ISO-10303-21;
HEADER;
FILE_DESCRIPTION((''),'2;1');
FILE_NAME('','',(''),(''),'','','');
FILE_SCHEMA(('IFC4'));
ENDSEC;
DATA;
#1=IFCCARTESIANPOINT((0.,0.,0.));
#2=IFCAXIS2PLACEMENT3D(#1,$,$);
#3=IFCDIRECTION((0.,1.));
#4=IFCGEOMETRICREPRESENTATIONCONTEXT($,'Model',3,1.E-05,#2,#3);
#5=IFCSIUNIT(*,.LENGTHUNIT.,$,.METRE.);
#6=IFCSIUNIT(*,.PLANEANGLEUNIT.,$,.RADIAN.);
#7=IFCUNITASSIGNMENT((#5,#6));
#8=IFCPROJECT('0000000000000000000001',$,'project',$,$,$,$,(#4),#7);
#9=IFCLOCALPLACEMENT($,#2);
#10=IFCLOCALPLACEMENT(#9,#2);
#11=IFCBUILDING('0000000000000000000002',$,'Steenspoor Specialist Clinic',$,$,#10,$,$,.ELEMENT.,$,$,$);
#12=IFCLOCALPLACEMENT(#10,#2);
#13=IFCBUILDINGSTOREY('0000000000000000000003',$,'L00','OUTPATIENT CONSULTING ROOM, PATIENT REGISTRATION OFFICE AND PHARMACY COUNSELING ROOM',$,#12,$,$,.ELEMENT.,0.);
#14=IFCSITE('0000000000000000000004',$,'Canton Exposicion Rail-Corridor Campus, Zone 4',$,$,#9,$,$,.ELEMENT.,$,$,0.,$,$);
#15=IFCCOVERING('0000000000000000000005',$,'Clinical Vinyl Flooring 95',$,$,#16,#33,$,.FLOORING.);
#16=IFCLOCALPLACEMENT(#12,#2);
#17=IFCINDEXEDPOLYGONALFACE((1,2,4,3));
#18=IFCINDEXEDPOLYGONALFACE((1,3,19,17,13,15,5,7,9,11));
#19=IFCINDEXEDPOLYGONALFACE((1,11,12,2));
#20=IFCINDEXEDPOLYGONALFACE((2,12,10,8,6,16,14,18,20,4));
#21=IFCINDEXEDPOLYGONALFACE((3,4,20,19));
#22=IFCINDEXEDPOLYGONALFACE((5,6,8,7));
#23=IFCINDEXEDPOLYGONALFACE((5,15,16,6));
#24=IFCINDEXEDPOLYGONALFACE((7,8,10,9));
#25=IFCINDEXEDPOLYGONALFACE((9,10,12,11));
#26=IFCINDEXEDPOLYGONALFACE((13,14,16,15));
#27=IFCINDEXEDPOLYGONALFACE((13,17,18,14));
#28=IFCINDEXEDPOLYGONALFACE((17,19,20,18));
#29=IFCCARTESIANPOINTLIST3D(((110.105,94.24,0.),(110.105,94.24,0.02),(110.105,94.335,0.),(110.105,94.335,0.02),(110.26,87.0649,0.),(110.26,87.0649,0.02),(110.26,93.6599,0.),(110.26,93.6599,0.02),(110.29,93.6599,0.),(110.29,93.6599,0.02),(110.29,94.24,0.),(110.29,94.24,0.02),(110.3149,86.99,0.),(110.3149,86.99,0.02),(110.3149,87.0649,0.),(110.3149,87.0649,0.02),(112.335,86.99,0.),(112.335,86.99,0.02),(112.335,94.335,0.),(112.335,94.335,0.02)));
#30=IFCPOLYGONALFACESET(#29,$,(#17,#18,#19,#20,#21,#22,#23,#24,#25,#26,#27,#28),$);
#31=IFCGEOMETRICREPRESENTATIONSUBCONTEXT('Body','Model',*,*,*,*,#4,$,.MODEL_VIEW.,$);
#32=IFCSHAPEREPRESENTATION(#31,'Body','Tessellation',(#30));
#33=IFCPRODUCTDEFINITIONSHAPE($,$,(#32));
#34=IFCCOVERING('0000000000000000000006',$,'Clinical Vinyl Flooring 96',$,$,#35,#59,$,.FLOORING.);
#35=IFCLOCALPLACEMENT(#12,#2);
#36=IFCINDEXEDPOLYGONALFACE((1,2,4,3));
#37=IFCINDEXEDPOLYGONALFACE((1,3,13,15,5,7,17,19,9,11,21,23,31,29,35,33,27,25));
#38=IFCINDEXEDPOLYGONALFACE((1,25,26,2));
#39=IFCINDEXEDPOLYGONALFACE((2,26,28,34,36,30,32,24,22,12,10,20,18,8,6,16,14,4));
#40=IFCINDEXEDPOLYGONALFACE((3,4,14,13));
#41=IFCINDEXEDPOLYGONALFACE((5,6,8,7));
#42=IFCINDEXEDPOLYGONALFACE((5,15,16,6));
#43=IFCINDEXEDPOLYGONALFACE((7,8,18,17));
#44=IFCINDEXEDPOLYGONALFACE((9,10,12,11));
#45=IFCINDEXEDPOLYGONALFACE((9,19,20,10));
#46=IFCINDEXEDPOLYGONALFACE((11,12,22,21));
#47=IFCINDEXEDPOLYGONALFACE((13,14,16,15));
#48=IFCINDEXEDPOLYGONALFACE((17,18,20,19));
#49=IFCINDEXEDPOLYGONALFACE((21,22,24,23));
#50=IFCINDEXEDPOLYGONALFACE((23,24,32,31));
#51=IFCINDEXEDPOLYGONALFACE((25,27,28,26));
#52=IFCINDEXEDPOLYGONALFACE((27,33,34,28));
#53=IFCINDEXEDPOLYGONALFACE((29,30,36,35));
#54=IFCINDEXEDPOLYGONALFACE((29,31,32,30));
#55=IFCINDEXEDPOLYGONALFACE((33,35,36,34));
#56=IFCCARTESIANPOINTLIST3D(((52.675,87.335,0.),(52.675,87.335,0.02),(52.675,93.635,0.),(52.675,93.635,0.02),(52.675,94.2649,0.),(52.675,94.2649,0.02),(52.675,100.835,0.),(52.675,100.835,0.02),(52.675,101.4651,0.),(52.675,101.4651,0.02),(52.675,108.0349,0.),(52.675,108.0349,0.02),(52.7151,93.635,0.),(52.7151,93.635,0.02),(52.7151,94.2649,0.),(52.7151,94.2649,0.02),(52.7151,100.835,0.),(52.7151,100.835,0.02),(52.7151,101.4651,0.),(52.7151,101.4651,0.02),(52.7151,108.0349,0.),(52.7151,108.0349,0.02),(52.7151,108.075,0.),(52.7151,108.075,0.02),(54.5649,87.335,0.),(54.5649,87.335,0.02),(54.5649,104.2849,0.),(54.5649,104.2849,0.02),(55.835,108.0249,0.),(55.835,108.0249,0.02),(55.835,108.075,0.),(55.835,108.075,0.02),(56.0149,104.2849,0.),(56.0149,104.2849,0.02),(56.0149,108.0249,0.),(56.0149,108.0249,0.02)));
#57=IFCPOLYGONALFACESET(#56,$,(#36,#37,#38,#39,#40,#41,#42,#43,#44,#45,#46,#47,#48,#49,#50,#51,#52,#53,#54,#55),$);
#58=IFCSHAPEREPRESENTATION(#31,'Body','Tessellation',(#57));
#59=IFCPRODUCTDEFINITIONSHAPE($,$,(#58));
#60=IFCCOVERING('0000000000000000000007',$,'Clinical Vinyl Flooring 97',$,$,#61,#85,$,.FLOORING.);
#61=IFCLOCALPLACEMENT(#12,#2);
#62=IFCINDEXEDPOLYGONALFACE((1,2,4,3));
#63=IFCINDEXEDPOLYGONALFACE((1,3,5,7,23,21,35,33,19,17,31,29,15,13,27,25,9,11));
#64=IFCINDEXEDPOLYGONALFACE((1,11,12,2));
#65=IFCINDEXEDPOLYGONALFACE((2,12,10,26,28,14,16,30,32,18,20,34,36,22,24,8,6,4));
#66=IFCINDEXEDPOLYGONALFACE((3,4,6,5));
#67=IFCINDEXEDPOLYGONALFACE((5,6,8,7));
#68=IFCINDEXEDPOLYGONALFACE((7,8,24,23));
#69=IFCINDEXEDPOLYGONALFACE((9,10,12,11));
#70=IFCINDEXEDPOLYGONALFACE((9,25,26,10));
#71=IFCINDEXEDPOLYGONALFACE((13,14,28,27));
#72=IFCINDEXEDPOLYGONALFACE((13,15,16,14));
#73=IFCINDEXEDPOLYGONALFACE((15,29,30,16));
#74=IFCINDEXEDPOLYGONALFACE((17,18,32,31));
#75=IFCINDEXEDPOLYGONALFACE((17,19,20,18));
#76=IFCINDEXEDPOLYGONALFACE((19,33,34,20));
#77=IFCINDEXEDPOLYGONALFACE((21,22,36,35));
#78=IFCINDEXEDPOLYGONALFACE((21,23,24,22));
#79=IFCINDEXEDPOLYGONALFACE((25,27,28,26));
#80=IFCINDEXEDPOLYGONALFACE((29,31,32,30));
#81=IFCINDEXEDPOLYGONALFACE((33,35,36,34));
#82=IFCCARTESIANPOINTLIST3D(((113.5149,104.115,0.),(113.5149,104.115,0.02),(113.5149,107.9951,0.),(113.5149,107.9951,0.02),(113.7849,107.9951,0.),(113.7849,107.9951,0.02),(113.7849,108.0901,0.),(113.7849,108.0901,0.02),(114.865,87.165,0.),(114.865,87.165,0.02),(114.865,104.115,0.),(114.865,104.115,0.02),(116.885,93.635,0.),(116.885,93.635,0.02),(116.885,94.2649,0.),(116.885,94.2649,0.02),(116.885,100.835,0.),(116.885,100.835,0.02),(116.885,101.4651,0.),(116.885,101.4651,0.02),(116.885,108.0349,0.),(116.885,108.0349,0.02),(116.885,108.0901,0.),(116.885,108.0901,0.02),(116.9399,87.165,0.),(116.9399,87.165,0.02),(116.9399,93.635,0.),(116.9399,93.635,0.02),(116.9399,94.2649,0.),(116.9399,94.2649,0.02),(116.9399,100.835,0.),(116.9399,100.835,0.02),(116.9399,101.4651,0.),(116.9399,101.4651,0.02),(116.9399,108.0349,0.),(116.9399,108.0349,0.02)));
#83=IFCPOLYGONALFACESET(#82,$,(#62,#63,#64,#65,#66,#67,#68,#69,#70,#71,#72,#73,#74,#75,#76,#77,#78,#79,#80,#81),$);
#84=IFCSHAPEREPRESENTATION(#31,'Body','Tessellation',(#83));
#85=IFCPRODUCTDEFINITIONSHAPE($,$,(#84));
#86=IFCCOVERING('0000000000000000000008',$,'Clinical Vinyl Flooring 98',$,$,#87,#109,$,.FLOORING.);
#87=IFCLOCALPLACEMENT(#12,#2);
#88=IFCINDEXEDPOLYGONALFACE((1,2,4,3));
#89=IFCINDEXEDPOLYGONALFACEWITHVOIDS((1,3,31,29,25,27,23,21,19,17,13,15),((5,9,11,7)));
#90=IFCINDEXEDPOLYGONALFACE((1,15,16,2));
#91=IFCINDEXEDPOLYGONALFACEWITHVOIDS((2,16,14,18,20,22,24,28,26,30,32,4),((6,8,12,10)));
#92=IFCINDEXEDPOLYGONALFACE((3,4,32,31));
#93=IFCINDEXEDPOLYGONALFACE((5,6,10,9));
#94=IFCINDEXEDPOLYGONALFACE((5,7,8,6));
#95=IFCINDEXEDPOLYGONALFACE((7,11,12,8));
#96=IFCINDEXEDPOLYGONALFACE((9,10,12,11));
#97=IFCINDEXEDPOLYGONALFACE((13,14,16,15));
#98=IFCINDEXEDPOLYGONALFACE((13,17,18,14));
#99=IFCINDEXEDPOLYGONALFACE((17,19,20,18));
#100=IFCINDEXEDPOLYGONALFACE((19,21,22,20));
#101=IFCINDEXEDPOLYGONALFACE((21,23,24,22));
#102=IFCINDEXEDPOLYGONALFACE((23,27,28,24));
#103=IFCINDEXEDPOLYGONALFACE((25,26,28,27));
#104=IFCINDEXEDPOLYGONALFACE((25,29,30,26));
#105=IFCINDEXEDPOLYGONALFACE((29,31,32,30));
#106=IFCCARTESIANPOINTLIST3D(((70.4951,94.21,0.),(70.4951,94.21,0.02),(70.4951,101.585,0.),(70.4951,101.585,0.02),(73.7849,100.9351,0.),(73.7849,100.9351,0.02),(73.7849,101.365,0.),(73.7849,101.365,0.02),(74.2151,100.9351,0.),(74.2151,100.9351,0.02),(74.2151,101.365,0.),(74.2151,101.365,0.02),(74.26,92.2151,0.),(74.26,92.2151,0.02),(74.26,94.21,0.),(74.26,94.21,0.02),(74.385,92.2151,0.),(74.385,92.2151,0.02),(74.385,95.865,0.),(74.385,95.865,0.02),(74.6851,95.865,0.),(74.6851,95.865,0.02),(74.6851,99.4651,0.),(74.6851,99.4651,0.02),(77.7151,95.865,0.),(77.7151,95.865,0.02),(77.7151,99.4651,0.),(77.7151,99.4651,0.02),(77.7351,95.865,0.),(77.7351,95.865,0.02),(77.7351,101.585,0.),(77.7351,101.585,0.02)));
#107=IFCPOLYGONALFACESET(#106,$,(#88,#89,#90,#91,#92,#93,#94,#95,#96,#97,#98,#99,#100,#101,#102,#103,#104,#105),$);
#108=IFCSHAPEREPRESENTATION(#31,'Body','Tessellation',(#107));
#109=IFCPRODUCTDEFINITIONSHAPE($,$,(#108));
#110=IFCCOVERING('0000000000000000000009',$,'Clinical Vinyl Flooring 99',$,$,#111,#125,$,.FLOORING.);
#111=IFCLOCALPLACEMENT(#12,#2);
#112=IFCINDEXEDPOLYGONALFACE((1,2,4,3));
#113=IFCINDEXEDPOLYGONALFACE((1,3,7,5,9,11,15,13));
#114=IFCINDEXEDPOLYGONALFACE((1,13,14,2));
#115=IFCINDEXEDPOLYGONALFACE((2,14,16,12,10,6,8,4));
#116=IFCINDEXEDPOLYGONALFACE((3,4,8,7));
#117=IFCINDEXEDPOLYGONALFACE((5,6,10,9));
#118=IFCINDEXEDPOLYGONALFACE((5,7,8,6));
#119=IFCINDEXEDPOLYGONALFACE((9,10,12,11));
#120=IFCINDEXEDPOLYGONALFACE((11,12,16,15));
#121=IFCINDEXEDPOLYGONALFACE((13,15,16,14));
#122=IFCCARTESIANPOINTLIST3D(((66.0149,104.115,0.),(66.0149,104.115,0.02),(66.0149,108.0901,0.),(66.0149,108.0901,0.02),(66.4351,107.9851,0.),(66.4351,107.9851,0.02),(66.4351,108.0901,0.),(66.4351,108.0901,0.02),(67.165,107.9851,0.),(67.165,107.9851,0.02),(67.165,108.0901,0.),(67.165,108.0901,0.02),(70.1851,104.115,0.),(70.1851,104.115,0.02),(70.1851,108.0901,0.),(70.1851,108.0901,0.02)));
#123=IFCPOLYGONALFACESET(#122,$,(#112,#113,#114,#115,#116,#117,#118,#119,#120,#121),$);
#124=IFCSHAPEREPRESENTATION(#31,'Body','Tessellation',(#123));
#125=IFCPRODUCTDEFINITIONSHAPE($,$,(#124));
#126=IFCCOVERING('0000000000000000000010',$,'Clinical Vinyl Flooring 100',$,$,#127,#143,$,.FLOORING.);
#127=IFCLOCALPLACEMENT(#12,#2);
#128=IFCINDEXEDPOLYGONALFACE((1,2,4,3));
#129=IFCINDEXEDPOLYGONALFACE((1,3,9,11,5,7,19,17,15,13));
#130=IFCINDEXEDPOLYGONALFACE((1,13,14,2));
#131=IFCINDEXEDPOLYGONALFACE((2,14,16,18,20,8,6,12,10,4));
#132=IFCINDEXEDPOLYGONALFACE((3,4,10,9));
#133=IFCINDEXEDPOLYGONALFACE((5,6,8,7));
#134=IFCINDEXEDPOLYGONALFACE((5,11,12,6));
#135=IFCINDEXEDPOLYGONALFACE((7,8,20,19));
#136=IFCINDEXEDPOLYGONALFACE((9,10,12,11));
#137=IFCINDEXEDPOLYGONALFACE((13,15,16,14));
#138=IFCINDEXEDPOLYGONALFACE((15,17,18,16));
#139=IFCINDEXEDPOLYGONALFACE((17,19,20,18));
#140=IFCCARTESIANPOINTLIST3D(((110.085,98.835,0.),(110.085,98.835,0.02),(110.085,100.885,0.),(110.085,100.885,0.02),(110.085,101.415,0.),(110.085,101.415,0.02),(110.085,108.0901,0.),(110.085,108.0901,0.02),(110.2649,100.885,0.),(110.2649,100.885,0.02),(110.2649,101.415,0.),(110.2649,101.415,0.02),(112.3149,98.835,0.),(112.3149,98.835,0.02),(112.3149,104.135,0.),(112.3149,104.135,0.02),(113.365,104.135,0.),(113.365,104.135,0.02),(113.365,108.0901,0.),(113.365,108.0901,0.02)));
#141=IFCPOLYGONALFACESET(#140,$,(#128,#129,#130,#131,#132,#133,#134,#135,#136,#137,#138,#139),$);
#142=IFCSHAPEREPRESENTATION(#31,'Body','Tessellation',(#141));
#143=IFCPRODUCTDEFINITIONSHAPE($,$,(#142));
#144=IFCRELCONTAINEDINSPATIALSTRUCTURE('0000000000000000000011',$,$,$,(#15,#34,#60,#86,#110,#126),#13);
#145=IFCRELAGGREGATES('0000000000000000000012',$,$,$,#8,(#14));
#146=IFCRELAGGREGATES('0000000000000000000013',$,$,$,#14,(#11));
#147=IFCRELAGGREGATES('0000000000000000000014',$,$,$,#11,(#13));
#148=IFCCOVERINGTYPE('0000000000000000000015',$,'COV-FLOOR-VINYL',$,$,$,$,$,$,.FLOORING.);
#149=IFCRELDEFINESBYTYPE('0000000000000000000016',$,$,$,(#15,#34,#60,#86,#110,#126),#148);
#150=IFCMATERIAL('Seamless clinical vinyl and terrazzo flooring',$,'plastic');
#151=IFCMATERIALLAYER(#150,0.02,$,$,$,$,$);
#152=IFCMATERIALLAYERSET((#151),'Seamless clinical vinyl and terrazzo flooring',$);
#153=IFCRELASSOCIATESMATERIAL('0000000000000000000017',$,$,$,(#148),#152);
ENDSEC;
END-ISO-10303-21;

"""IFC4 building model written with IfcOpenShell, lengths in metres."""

from ifc_helpers import new_model, si_unit, direction, origin, place, context, subcontext, project, spatial, polyline, outline, extrude, material, layer, layer_set, type_object, element, save


model = new_model("IFC4")

# Units and contexts
model_context = context("Model", 3, precision=1e-05, world=origin(), true_north=direction((0.0, 1.0)))
body_context = subcontext(model_context, "Body", "Model", "MODEL_VIEW")
ifc_project = project(units=[si_unit("LENGTHUNIT", "METRE"), si_unit("PLANEANGLEUNIT", "RADIAN")], contexts=[model_context])

# Site, building, storey
site_placement = place(None, origin())
site = spatial("IfcSite", under=ifc_project, at=site_placement, Name="Canton Exposicion Rail-Corridor Campus, Zone 4", CompositionType="ELEMENT", RefElevation=0.0)
building_placement = place(site_placement, origin())
building = spatial("IfcBuilding", under=site, at=building_placement, Name="Steenspoor Specialist Clinic", CompositionType="ELEMENT")
storey_placement = place(building_placement, origin())
storey = spatial("IfcBuildingStorey", under=building, at=storey_placement, Name="L00", Description="OUTPATIENT CONSULTING ROOM, PATIENT REGISTRATION OFFICE AND PHARMACY COUNSELING ROOM", CompositionType="ELEMENT", Elevation=0.0)

# Coverings
ifc_material_1 = material(Name="Seamless clinical vinyl and terrazzo flooring", Category="plastic")
ifc_layer_1 = layer(ifc_material_1, 0.02)
ifc_layer_set_1 = layer_set([ifc_layer_1], Name="Seamless clinical vinyl and terrazzo flooring")
covering_type_1 = type_object("IfcCoveringType", Name="COV-FLOOR-VINYL", PredefinedType="FLOORING", material=ifc_layer_set_1)
covering_1_placement = place(storey_placement, origin())
element("IfcCovering", 1, at=covering_1_placement, inside=storey, type_object=covering_type_1, Name="Clinical Vinyl Flooring 95", PredefinedType="FLOORING", context=body_context, shape_type="SweptSolid", body=[
    extrude(outline(polyline([(110.3149, 86.99), (110.3149, 87.0649), (110.26, 87.0649), (110.26, 93.6599), (110.29, 93.6599), (110.29, 94.24), (110.105, 94.24), (110.105, 94.335), (112.335, 94.335), (112.335, 86.99), (110.3149, 86.99)])), origin(), (0.0, 0.0, 1.0), 0.02),
])
covering_2_placement = place(storey_placement, origin())
element("IfcCovering", 2, at=covering_2_placement, inside=storey, type_object=covering_type_1, Name="Clinical Vinyl Flooring 96", PredefinedType="FLOORING", context=body_context, shape_type="SweptSolid", body=[
    extrude(outline(polyline([(52.675, 87.335), (52.675, 93.635), (52.7151, 93.635), (52.7151, 94.2649), (52.675, 94.2649), (52.675, 100.835), (52.7151, 100.835), (52.7151, 101.4651), (52.675, 101.4651), (52.675, 108.0349), (52.7151, 108.0349), (52.7151, 108.075), (55.835, 108.075), (55.835, 108.0249), (56.0149, 108.0249), (56.0149, 104.2849), (54.5649, 104.2849), (54.5649, 87.335), (52.675, 87.335)])), origin(), (0.0, 0.0, 1.0), 0.02),
])
covering_3_placement = place(storey_placement, origin())
element("IfcCovering", 3, at=covering_3_placement, inside=storey, type_object=covering_type_1, Name="Clinical Vinyl Flooring 97", PredefinedType="FLOORING", context=body_context, shape_type="SweptSolid", body=[
    extrude(outline(polyline([(113.5149, 104.115), (113.5149, 107.9951), (113.7849, 107.9951), (113.7849, 108.0901), (116.885, 108.0901), (116.885, 108.0349), (116.9399, 108.0349), (116.9399, 101.4651), (116.885, 101.4651), (116.885, 100.835), (116.9399, 100.835), (116.9399, 94.2649), (116.885, 94.2649), (116.885, 93.635), (116.9399, 93.635), (116.9399, 87.165), (114.865, 87.165), (114.865, 104.115), (113.5149, 104.115)])), origin(), (0.0, 0.0, 1.0), 0.02),
])
covering_4_placement = place(storey_placement, origin())
element("IfcCovering", 4, at=covering_4_placement, inside=storey, type_object=covering_type_1, Name="Clinical Vinyl Flooring 98", PredefinedType="FLOORING", context=body_context, shape_type="SweptSolid", body=[
    extrude(outline(polyline([(77.7351, 101.585), (77.7351, 95.865), (77.7151, 95.865), (77.7151, 99.4651), (74.6851, 99.4651), (74.6851, 95.865), (74.385, 95.865), (74.385, 92.2151), (74.26, 92.2151), (74.26, 94.21), (70.4951, 94.21), (70.4951, 101.585), (77.7351, 101.585)]), holes=[polyline([(74.2151, 100.9351), (74.2151, 101.365), (73.7849, 101.365), (73.7849, 100.9351), (74.2151, 100.9351)])]), origin(), (0.0, 0.0, 1.0), 0.02),
])
covering_5_placement = place(storey_placement, origin())
element("IfcCovering", 5, at=covering_5_placement, inside=storey, type_object=covering_type_1, Name="Clinical Vinyl Flooring 99", PredefinedType="FLOORING", context=body_context, shape_type="SweptSolid", body=[
    extrude(outline(polyline([(66.0149, 104.115), (66.0149, 108.0901), (66.4351, 108.0901), (66.4351, 107.9851), (67.165, 107.9851), (67.165, 108.0901), (70.1851, 108.0901), (70.1851, 104.115), (66.0149, 104.115)])), origin(), (0.0, 0.0, 1.0), 0.02),
])
covering_6_placement = place(storey_placement, origin())
element("IfcCovering", 6, at=covering_6_placement, inside=storey, type_object=covering_type_1, Name="Clinical Vinyl Flooring 100", PredefinedType="FLOORING", context=body_context, shape_type="SweptSolid", body=[
    extrude(outline(polyline([(112.3149, 98.835), (110.085, 98.835), (110.085, 100.885), (110.2649, 100.885), (110.2649, 101.415), (110.085, 101.415), (110.085, 108.0901), (113.365, 108.0901), (113.365, 104.135), (112.3149, 104.135), (112.3149, 98.835)])), origin(), (0.0, 0.0, 1.0), 0.02),
])

save(model, "model.ifc")
